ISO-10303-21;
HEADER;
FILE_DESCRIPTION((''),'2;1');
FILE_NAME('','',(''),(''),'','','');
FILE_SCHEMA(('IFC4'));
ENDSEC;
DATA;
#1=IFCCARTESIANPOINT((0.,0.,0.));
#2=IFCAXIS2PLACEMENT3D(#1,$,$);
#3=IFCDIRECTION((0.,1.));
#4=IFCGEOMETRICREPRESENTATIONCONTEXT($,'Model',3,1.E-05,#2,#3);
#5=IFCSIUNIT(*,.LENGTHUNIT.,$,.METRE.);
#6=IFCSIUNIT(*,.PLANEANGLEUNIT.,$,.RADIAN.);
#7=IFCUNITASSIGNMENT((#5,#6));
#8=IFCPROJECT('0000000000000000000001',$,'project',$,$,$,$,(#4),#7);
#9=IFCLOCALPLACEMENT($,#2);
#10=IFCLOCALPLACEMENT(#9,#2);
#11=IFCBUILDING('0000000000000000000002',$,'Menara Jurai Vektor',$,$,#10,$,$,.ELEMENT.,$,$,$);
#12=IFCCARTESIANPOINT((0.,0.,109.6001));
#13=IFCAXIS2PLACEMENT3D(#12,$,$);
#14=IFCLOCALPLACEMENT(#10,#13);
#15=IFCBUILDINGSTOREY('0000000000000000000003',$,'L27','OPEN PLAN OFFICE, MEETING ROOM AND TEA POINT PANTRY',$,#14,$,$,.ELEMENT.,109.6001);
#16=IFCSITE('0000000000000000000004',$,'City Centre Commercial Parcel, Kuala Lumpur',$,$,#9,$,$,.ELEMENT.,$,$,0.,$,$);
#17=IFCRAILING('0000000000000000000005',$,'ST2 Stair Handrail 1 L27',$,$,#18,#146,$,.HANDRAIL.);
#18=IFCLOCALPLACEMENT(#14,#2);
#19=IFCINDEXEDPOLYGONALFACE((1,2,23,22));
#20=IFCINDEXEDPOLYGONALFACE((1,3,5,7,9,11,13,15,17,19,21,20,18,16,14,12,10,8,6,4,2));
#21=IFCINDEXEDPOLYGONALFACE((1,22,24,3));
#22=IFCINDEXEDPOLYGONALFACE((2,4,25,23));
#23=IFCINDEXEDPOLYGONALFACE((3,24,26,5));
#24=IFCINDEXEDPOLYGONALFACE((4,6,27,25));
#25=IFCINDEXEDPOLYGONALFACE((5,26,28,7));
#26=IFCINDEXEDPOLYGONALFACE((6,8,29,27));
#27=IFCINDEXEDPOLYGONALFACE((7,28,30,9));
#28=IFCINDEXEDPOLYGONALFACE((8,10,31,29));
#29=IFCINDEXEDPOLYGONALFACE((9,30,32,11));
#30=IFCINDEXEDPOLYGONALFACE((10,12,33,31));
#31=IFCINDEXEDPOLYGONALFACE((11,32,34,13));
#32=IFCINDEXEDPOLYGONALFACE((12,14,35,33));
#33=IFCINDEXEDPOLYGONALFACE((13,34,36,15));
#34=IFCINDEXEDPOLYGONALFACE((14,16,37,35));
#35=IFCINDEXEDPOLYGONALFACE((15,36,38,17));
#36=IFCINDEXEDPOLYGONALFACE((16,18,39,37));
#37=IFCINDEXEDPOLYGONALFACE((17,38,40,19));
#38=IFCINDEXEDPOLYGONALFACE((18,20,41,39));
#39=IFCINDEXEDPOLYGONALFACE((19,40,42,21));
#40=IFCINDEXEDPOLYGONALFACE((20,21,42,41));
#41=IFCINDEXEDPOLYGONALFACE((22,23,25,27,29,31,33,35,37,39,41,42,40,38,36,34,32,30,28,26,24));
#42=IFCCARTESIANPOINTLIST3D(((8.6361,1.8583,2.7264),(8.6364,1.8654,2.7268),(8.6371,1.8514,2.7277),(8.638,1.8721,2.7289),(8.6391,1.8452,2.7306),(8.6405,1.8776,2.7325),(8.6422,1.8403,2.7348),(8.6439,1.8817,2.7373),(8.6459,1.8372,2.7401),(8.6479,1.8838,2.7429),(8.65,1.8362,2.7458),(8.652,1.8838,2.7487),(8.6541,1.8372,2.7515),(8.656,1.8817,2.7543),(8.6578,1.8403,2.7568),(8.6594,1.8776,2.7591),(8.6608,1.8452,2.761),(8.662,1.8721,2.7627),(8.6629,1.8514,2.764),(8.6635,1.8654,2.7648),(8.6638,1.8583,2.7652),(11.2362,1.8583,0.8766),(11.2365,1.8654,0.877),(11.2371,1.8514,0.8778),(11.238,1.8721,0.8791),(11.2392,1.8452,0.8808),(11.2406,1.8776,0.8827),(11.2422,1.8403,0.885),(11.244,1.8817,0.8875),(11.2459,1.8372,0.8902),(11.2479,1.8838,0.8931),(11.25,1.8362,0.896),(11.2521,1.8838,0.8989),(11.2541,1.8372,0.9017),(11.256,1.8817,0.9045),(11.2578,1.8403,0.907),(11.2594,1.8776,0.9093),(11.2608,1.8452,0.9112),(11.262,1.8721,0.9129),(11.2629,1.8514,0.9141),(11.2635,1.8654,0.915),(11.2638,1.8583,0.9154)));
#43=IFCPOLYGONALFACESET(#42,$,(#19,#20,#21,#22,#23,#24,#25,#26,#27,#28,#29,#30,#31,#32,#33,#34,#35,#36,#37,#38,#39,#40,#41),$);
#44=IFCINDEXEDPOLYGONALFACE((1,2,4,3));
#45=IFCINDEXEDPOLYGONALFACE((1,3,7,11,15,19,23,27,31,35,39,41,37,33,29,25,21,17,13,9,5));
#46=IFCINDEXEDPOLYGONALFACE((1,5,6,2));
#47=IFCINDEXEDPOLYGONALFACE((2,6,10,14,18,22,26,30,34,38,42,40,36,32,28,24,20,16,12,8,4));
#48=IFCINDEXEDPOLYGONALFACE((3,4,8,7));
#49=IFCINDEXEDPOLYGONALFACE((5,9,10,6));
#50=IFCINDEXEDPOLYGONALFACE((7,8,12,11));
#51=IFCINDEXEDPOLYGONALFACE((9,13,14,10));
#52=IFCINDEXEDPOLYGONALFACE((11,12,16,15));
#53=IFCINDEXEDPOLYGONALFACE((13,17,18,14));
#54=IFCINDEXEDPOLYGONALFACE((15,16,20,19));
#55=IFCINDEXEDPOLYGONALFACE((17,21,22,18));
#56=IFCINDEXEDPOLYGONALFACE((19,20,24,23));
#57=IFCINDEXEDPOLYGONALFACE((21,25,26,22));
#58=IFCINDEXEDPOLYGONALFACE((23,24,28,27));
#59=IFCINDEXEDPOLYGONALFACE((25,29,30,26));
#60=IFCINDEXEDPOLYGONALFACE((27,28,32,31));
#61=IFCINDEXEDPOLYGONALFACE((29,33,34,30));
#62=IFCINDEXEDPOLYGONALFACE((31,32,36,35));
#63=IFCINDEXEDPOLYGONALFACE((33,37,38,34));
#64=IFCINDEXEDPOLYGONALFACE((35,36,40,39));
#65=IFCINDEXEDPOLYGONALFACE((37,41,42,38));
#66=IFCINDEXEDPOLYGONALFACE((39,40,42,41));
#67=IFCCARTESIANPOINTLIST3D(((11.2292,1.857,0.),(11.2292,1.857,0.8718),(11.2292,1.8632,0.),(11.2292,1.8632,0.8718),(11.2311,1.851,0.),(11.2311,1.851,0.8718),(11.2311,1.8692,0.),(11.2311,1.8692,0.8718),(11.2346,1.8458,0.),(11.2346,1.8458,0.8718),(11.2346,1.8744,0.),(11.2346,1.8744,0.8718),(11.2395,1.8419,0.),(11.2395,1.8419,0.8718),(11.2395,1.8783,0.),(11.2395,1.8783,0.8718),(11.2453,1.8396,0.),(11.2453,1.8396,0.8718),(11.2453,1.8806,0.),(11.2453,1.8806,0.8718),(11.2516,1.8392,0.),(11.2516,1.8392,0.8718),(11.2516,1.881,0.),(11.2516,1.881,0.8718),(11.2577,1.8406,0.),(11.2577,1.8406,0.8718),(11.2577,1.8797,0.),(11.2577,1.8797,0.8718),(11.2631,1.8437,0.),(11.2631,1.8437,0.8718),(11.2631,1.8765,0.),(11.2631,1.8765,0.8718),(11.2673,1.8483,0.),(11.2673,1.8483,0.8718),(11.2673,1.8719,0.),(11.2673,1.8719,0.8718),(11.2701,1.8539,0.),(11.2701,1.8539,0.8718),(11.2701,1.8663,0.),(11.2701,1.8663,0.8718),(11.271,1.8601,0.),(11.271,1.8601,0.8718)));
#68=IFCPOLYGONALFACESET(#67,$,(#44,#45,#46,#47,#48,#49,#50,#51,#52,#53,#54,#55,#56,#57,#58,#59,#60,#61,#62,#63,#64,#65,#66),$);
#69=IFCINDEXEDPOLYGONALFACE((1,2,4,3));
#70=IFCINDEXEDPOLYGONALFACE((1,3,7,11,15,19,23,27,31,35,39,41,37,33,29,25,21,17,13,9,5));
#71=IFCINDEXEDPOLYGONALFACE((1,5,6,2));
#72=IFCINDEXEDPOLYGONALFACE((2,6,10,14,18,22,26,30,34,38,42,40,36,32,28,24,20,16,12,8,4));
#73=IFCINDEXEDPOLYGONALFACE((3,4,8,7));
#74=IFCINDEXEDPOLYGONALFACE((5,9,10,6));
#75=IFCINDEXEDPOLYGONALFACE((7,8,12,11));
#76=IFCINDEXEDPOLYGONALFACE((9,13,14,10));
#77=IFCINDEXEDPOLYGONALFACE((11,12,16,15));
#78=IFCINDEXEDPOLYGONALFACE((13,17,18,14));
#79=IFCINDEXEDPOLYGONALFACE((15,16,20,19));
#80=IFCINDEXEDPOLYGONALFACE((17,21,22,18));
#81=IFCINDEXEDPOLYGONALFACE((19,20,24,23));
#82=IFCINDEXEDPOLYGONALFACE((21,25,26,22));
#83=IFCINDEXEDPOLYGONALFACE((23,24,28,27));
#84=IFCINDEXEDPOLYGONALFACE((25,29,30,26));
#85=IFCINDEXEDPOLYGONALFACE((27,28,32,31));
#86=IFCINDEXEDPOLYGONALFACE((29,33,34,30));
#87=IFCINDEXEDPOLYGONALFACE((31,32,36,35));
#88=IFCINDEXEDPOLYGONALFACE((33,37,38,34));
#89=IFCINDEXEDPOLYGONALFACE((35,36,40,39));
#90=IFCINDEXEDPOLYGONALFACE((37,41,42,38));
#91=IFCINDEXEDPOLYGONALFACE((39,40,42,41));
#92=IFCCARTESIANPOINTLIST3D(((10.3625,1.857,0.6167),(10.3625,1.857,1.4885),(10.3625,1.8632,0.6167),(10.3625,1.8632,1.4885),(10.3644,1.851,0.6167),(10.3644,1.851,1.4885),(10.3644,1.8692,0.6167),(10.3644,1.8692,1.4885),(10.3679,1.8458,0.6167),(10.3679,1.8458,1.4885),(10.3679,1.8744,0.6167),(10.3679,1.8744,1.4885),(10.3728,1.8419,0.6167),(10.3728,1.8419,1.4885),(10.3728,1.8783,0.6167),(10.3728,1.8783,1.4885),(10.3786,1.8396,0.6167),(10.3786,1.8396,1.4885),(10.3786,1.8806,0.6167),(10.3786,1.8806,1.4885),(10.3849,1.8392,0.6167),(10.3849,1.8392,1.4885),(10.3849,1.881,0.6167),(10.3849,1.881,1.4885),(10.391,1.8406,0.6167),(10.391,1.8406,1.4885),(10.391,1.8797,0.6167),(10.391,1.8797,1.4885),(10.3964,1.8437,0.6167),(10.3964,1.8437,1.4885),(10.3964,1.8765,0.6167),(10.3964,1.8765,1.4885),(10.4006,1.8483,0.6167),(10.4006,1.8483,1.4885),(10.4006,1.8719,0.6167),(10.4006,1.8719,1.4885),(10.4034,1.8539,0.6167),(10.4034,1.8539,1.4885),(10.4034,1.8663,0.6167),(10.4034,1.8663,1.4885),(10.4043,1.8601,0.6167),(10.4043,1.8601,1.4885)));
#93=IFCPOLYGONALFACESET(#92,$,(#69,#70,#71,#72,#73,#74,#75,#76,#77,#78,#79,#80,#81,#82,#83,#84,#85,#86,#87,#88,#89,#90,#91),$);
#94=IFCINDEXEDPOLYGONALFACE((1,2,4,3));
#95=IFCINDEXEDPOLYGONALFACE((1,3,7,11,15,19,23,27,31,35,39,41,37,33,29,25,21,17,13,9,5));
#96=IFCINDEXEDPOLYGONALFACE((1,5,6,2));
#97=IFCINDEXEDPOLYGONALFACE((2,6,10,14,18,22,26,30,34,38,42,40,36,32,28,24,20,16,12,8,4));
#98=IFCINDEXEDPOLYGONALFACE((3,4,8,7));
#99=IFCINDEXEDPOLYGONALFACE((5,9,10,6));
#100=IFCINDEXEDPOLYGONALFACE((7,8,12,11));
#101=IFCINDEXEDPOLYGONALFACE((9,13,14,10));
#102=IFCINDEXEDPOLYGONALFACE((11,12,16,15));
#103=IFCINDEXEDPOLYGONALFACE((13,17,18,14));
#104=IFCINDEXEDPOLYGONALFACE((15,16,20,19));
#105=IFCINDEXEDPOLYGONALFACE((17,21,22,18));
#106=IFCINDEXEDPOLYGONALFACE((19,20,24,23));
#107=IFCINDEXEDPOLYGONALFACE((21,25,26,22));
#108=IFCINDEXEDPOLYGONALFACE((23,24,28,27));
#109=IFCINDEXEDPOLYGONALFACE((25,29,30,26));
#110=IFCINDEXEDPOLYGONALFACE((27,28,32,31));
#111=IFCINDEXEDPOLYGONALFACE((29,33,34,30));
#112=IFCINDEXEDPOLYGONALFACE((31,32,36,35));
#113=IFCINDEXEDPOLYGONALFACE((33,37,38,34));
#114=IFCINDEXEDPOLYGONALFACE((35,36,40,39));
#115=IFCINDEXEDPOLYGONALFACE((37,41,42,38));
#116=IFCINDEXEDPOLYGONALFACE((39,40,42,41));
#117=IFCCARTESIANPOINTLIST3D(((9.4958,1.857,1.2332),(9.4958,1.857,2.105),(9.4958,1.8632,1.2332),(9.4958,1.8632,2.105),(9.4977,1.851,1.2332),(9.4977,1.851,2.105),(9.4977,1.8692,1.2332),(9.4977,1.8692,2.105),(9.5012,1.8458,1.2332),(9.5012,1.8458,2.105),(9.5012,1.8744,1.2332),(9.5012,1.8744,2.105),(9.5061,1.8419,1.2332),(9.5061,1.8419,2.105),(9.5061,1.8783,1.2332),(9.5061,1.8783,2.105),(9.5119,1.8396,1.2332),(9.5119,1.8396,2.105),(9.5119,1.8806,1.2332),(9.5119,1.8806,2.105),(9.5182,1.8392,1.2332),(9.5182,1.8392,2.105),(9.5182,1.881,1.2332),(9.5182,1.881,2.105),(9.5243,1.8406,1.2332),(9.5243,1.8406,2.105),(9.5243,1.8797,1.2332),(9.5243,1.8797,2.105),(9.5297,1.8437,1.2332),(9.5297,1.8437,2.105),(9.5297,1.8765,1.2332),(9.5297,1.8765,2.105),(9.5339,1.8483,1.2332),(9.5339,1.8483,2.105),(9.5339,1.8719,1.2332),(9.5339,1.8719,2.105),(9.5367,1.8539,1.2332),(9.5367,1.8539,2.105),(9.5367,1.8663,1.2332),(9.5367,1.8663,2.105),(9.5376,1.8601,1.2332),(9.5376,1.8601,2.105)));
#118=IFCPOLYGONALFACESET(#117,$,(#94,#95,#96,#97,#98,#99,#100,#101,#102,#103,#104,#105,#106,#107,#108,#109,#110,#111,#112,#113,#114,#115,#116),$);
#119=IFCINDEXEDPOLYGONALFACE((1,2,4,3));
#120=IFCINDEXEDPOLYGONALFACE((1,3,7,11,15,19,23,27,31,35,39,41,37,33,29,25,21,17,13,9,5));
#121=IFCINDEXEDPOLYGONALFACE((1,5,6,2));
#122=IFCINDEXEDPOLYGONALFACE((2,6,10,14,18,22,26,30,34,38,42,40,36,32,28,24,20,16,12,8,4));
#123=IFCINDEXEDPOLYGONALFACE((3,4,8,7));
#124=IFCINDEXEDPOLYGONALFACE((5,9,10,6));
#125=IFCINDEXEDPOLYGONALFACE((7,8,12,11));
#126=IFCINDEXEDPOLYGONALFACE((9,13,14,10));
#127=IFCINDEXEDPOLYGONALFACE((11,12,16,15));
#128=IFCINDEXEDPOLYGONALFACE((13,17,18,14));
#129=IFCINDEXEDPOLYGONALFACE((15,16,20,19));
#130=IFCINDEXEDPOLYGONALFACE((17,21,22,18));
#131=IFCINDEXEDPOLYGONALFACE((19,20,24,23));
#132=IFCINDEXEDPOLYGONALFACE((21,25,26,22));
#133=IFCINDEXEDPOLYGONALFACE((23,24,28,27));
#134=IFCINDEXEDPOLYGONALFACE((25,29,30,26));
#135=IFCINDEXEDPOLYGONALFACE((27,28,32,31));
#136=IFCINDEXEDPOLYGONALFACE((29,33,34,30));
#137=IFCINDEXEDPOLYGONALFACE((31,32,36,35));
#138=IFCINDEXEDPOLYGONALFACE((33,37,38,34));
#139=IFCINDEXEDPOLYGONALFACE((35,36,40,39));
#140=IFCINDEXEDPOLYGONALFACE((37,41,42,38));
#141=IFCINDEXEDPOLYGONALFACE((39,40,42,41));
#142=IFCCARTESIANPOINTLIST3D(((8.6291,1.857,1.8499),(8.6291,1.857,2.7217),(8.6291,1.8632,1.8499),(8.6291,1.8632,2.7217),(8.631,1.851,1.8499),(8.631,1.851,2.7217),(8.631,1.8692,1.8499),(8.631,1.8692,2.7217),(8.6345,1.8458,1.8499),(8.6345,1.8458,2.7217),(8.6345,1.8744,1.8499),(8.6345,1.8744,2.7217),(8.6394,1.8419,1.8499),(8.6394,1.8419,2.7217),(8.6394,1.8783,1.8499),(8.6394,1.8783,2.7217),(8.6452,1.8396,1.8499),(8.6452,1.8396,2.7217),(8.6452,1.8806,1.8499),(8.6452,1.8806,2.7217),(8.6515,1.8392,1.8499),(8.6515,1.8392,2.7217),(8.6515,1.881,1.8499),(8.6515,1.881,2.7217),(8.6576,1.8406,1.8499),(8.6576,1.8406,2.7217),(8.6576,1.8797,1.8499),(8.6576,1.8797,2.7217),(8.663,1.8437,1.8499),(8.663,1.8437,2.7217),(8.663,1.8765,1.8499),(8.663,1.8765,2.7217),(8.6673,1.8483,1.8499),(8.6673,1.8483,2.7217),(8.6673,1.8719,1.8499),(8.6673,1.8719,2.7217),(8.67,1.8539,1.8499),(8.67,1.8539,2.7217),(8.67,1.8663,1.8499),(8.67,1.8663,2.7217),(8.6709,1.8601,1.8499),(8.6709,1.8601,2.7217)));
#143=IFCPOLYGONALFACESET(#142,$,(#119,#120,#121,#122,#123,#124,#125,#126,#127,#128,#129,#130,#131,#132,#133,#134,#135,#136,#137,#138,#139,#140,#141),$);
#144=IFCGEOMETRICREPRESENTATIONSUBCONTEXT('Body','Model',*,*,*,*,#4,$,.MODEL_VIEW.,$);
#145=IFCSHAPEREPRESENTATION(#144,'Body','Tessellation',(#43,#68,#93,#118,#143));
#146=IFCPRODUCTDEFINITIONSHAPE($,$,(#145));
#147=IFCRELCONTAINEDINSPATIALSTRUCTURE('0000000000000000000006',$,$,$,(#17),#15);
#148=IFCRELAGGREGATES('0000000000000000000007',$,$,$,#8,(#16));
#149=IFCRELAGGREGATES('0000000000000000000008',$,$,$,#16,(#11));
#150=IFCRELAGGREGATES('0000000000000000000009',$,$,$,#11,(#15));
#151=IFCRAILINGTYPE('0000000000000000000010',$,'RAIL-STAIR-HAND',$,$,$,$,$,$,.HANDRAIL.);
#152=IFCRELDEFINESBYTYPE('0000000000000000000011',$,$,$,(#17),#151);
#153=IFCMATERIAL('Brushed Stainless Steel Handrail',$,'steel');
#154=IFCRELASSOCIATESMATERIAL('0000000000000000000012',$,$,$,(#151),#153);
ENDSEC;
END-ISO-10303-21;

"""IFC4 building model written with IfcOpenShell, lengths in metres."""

from ifc_helpers import new_model, si_unit, direction, frame, origin, origin_2d, place, context, subcontext, project, spatial, circle, extrude, material, type_object, element, save


model = new_model("IFC4")

# Units and contexts
model_context = context("Model", 3, precision=1e-05, world=origin(), true_north=direction((0.0, 1.0)))
body_context = subcontext(model_context, "Body", "Model", "MODEL_VIEW")
ifc_project = project(units=[si_unit("LENGTHUNIT", "METRE"), si_unit("PLANEANGLEUNIT", "RADIAN")], contexts=[model_context])

# Site, building, storey
site_placement = place(None, origin())
site = spatial("IfcSite", under=ifc_project, at=site_placement, Name="City Centre Commercial Parcel, Kuala Lumpur", CompositionType="ELEMENT", RefElevation=0.0)
building_placement = place(site_placement, origin())
building = spatial("IfcBuilding", under=site, at=building_placement, Name="Menara Jurai Vektor", CompositionType="ELEMENT")
storey_placement = place(building_placement, frame((0.0, 0.0, 109.6001)))
storey = spatial("IfcBuildingStorey", under=building, at=storey_placement, Name="L27", Description="OPEN PLAN OFFICE, MEETING ROOM AND TEA POINT PANTRY", CompositionType="ELEMENT", Elevation=109.6001)

# Railing
ifc_material_1 = material(Name="Brushed Stainless Steel Handrail", Category="steel")
railing_type_1 = type_object("IfcRailingType", Name="RAIL-STAIR-HAND", PredefinedType="HANDRAIL", material=ifc_material_1)
railing_1_placement = place(storey_placement, frame((11.25, 1.8601, 0.0)))
element("IfcRailing", 1, at=railing_1_placement, inside=storey, type_object=railing_type_1, Name="ST2 Stair Handrail 1 L27", PredefinedType="HANDRAIL", context=body_context, shape_type="SweptSolid", body=[
    extrude(circle(Radius=0.0239, at=origin_2d()), frame((0.0, 0.0, 0.896), z_axis=(-0.814823, 0.0, 0.57971), x_axis=(0.0, -1.0, 0.0)), (0.0, 0.0, 1.0), 3.1909),
    extrude(circle(Radius=0.021, at=origin_2d()), origin(), (0.0, 0.0, 1.0), 0.8718),
    extrude(circle(Radius=0.021, at=origin_2d()), frame((-0.8667, 0.0, 0.6167)), (0.0, 0.0, 1.0), 0.8718),
    extrude(circle(Radius=0.021, at=origin_2d()), frame((-1.7334, 0.0, 1.2332)), (0.0, 0.0, 1.0), 0.8718),
    extrude(circle(Radius=0.021, at=origin_2d()), frame((-2.6001, 0.0, 1.8499)), (0.0, 0.0, 1.0), 0.8718),
])

save(model, "model.ifc")
